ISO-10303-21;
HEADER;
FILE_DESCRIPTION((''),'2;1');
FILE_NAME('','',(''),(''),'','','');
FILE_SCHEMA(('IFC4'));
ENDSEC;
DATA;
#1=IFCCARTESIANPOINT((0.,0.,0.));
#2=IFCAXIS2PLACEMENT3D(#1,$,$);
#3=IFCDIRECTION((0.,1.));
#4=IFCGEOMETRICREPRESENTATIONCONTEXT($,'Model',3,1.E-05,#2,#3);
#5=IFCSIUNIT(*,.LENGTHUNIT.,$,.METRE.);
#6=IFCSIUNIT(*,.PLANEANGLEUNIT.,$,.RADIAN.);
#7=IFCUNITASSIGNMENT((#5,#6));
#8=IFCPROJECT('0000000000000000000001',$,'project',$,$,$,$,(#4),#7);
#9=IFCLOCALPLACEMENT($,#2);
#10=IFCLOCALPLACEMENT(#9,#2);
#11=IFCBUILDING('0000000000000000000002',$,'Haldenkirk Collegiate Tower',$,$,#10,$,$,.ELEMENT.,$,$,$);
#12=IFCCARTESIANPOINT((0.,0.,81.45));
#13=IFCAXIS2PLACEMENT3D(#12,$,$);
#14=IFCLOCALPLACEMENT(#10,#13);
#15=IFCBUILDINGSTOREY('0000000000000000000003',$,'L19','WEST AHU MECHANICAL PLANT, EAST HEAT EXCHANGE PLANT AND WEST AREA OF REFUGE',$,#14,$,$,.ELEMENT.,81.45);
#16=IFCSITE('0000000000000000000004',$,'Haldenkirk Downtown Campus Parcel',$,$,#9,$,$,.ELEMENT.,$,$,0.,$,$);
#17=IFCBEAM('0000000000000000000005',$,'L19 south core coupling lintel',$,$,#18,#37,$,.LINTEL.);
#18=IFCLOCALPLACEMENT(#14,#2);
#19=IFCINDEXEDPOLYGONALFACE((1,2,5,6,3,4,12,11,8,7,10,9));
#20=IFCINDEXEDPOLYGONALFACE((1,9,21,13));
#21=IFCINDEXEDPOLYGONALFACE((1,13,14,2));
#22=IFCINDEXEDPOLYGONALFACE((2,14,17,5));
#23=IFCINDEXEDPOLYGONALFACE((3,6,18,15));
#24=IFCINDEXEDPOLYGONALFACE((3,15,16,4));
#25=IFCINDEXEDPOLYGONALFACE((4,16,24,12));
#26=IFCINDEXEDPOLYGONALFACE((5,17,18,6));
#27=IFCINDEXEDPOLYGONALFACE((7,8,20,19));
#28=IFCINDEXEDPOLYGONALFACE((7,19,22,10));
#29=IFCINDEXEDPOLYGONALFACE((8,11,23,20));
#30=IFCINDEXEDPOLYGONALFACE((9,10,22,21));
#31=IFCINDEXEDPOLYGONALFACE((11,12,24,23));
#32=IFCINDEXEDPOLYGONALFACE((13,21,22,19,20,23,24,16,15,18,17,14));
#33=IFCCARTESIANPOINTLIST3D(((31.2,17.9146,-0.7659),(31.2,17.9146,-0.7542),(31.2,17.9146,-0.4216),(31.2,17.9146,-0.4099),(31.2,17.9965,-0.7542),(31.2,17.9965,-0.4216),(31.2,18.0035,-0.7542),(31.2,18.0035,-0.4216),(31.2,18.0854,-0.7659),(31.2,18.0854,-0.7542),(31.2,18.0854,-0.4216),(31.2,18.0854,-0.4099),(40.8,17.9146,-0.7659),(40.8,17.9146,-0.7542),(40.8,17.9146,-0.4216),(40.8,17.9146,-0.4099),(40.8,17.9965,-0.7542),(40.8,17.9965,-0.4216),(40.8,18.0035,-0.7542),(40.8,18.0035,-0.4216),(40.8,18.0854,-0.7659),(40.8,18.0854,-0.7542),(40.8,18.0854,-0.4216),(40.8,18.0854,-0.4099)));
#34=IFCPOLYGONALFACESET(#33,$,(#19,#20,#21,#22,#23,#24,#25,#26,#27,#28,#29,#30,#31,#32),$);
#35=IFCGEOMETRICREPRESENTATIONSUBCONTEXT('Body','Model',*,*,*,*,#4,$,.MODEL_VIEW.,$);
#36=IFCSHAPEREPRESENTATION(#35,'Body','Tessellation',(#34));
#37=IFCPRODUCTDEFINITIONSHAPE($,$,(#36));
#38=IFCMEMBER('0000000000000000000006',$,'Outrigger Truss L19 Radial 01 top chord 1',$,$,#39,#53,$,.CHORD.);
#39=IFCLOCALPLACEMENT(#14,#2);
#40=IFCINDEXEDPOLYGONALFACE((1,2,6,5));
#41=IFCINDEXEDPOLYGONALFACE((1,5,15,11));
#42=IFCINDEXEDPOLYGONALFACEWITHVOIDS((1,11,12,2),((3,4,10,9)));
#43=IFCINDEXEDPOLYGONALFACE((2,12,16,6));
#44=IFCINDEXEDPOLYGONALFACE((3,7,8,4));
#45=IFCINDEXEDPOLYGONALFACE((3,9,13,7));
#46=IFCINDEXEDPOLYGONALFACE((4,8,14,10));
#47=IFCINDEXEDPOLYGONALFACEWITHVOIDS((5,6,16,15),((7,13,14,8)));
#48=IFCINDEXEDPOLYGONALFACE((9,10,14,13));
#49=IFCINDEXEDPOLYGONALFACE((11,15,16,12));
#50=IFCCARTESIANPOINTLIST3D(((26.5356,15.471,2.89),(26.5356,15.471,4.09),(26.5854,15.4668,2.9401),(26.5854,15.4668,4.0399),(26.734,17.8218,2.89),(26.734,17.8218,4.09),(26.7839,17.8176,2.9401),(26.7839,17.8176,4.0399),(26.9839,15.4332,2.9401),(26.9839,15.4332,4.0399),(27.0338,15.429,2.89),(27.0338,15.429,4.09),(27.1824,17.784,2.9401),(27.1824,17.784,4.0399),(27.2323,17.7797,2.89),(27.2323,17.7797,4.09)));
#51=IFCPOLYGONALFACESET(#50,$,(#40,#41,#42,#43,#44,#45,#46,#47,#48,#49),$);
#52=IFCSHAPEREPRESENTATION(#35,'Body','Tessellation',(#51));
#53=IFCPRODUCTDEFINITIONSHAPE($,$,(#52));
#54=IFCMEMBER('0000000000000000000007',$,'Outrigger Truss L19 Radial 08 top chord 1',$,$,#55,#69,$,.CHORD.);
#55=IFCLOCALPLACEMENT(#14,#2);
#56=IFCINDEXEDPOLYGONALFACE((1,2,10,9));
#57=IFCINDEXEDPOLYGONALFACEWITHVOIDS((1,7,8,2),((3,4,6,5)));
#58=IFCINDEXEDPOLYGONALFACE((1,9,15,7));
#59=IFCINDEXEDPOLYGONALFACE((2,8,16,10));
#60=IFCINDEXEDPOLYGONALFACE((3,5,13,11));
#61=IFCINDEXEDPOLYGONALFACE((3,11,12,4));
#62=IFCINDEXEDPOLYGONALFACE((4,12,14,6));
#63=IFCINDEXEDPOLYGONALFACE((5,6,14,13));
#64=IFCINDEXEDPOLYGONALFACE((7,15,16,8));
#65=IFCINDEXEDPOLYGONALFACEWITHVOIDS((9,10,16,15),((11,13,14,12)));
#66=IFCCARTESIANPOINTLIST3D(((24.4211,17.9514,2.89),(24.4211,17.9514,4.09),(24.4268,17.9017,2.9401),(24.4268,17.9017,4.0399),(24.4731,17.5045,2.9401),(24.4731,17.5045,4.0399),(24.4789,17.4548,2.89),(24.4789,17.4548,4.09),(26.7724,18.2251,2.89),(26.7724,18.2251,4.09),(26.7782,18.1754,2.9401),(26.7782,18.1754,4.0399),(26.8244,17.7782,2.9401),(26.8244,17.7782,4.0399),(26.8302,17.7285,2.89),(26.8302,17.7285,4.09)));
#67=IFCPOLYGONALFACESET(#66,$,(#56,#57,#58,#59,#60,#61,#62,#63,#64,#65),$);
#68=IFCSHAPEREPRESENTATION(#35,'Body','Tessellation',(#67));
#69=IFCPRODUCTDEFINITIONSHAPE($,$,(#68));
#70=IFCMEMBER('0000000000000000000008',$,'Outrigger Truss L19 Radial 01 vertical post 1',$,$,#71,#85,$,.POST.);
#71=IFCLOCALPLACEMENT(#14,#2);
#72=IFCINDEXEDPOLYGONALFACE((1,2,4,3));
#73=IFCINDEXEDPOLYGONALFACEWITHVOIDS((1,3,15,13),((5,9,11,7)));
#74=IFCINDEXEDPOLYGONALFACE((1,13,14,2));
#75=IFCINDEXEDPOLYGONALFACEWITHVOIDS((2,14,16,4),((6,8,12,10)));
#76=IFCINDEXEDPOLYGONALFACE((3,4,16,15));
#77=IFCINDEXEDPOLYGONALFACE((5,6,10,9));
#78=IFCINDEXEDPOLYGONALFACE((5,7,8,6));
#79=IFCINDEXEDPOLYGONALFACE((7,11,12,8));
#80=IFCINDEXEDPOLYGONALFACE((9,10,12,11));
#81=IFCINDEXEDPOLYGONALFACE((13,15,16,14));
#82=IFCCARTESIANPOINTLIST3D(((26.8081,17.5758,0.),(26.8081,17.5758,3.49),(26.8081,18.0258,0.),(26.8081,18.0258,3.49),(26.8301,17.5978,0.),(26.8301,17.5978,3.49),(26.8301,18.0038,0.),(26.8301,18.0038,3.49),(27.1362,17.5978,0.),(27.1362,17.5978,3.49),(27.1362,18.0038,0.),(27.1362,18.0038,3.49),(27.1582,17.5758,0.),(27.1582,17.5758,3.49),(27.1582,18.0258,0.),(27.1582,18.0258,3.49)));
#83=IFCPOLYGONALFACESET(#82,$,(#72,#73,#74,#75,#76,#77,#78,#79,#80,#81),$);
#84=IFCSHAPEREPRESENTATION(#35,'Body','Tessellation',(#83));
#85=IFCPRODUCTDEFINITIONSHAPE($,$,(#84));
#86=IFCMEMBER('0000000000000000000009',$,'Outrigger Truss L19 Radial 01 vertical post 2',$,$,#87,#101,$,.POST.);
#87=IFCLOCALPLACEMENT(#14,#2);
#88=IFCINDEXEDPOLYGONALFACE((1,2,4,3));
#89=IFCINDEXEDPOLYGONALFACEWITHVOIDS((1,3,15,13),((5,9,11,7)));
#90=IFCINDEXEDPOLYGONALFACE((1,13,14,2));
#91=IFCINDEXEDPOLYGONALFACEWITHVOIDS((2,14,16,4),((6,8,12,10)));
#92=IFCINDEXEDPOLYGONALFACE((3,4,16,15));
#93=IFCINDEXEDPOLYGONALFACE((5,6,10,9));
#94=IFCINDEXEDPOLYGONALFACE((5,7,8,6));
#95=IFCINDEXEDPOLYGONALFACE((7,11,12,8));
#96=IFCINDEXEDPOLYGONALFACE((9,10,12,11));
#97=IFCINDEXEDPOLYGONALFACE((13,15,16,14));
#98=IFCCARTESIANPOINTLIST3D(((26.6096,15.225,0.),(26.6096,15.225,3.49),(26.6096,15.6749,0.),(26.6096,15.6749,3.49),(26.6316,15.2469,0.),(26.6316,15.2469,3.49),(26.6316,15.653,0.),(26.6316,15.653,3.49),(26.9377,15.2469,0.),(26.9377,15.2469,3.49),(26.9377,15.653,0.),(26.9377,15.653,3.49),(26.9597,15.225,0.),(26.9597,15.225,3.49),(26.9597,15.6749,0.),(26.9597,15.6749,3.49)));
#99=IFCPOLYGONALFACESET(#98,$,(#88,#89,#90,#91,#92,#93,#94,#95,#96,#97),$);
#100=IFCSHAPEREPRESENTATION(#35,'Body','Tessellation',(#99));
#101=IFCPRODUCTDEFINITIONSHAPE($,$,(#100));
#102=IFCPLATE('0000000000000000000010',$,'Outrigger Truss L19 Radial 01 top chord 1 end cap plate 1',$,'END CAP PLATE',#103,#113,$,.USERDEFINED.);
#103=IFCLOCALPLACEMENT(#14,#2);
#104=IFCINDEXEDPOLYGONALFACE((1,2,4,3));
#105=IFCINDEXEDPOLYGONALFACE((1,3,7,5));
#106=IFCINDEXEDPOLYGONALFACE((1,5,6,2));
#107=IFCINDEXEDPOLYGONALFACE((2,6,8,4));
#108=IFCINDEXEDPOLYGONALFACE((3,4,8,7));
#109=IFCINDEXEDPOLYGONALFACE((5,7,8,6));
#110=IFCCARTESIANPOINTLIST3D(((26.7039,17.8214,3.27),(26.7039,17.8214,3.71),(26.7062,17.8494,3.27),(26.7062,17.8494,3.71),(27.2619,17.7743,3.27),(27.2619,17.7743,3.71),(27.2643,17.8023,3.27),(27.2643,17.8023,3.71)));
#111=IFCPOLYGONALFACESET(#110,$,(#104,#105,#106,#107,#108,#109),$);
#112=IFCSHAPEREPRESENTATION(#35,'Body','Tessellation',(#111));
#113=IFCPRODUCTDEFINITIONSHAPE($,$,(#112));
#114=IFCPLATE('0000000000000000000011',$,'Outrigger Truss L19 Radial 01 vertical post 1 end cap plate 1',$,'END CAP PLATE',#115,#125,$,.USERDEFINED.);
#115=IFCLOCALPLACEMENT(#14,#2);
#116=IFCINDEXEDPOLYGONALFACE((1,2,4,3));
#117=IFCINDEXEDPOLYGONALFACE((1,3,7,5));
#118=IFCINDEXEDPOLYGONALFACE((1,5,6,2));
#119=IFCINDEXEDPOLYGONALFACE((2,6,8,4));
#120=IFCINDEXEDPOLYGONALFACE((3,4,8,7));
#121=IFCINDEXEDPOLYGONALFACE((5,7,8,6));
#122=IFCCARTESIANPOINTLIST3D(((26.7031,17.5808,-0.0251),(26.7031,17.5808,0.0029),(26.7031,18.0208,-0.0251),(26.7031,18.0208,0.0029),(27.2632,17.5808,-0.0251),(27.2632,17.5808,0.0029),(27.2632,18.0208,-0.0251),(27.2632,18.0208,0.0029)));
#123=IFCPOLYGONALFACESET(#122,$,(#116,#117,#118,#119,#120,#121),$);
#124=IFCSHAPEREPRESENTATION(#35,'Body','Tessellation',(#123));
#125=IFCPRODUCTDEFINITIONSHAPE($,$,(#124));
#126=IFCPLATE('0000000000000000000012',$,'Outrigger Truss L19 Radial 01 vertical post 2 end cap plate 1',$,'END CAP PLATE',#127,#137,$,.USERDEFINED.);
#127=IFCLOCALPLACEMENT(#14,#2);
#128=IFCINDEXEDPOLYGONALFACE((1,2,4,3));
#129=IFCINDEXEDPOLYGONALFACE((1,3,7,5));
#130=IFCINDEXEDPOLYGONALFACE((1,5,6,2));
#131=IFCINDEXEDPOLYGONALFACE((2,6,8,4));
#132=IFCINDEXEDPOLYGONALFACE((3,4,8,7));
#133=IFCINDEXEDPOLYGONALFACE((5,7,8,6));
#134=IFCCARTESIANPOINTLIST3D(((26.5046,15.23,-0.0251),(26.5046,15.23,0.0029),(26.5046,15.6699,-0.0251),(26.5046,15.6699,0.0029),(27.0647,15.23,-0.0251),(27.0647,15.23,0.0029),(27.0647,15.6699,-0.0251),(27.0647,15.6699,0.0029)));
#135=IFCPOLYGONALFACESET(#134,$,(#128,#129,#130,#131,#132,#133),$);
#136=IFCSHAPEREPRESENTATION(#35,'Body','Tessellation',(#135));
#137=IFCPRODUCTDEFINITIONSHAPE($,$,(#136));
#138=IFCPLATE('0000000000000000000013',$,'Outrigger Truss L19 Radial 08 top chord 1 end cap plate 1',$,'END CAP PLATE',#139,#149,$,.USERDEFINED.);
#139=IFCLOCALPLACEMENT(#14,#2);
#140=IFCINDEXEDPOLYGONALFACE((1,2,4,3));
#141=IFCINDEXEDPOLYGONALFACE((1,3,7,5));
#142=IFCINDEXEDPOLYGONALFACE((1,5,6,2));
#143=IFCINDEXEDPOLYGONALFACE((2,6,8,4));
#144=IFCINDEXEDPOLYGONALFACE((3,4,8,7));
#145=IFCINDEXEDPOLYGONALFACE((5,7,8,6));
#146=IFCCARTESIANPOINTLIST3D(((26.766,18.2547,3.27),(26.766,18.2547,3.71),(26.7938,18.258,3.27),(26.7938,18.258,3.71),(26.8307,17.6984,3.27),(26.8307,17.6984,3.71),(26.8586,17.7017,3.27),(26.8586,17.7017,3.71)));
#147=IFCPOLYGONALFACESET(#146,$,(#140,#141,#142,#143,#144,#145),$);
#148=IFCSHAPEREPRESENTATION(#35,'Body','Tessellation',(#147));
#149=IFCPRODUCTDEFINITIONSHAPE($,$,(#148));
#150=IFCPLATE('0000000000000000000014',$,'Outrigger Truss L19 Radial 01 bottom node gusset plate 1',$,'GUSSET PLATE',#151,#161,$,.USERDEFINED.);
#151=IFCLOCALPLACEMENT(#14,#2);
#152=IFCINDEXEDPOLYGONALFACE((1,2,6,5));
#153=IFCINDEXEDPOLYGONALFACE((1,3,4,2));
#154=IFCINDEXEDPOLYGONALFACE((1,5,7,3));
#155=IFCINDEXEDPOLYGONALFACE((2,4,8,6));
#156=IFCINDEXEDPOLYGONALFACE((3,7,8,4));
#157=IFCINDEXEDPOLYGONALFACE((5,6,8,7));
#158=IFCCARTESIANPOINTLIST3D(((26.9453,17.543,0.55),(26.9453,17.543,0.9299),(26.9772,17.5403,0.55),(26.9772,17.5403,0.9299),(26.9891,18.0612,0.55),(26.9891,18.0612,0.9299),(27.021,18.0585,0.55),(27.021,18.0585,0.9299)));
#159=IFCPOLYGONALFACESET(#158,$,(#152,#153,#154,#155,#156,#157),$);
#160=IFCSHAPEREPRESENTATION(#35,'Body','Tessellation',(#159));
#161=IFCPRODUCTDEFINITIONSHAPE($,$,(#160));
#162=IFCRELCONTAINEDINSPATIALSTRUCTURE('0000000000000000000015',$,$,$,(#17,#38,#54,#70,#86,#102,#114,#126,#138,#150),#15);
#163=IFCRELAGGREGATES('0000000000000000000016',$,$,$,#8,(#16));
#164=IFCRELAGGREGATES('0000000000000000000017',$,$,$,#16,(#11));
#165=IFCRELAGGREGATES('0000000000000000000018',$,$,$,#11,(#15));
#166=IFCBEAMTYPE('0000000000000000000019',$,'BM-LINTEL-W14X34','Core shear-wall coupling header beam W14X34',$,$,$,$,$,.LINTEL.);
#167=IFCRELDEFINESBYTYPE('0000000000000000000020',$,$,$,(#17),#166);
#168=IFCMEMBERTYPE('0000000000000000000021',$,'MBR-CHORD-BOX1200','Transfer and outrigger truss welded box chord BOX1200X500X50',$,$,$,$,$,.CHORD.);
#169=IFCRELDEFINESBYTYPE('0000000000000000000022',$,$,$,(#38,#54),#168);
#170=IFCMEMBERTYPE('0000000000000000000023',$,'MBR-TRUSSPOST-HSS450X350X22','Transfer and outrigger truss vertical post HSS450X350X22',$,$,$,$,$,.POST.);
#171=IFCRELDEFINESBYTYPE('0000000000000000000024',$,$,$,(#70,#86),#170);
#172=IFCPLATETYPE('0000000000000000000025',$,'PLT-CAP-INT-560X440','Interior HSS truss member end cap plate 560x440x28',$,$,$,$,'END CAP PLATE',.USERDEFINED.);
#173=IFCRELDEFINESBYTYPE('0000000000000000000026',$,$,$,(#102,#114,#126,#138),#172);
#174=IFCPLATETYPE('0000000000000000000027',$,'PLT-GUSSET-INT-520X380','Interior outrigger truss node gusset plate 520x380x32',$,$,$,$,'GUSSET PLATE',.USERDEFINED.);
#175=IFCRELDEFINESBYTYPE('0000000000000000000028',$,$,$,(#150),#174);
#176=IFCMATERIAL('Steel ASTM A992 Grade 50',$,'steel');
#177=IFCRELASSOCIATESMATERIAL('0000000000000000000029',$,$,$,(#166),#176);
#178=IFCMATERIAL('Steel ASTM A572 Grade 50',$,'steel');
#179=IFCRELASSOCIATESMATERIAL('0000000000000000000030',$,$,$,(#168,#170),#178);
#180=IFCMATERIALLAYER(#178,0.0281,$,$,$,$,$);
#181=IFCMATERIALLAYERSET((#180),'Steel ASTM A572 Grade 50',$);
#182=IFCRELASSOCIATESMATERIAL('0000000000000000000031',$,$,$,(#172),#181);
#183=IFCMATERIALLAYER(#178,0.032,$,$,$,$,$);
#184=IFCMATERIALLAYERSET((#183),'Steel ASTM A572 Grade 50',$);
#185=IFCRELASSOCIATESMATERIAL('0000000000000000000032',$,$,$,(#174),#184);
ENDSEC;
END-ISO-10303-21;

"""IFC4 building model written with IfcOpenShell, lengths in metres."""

from ifc_helpers import new_model, si_unit, direction, frame, origin, origin_2d, place, context, subcontext, project, spatial, rectangle, hollow_rectangle, i_section, extrude, source, transform, mapped, material, layer, layer_set, material_profile, profile_set, type_object, element, save


model = new_model("IFC4")

# Units and contexts
model_context = context("Model", 3, precision=1e-05, world=origin(), true_north=direction((0.0, 1.0)))
body_context = subcontext(model_context, "Body", "Model", "MODEL_VIEW")
ifc_project = project(units=[si_unit("LENGTHUNIT", "METRE"), si_unit("PLANEANGLEUNIT", "RADIAN")], contexts=[model_context])

# Site, building, storey
site_placement = place(None, origin())
site = spatial("IfcSite", under=ifc_project, at=site_placement, Name="Haldenkirk Downtown Campus Parcel", CompositionType="ELEMENT", RefElevation=0.0)
building_placement = place(site_placement, origin())
building = spatial("IfcBuilding", under=site, at=building_placement, Name="Haldenkirk Collegiate Tower", CompositionType="ELEMENT")
storey_placement = place(building_placement, frame((0.0, 0.0, 81.45)))
storey = spatial("IfcBuildingStorey", under=building, at=storey_placement, Name="L19", Description="WEST AHU MECHANICAL PLANT, EAST HEAT EXCHANGE PLANT AND WEST AREA OF REFUGE", CompositionType="ELEMENT", Elevation=81.45)

# Beam
ifc_material_1 = material(Name="Steel ASTM A992 Grade 50", Category="steel")
ifc_material_profile_1 = material_profile(ifc_material_1, i_section(OverallWidth=0.1709, OverallDepth=0.356, WebThickness=0.0071, FlangeThickness=0.0117, at=origin_2d()), Name="W14X34")
ifc_profile_set_1 = profile_set([ifc_material_profile_1], Name="Steel ASTM A992 Grade 50")
beam_type = type_object("IfcBeamType", Name="BM-LINTEL-W14X34", Description="Core shear-wall coupling header beam W14X34", PredefinedType="LINTEL", material=ifc_profile_set_1)
beam_placement = place(storey_placement, frame((31.2, 18.0, -0.5879), z_axis=(1.0, 0.0, 0.0), x_axis=(0.0, 1.0, 0.0)))
element("IfcBeam", 1, at=beam_placement, inside=storey, type_object=beam_type, Name="L19 south core coupling lintel", PredefinedType="LINTEL", context=body_context, shape_type="SweptSolid", body=[
    extrude(i_section(OverallWidth=0.1709, OverallDepth=0.356, WebThickness=0.0071, FlangeThickness=0.0117, at=origin_2d()), origin(), (0.0, 0.0, 1.0), 9.6001),
])

# Members
ifc_material_2 = material(Name="Steel ASTM A572 Grade 50", Category="steel")
ifc_material_profile_2 = material_profile(ifc_material_2, hollow_rectangle(XDim=0.5, YDim=1.2, WallThickness=0.05, at=origin_2d()), Name="BOX1200X500X50")
ifc_profile_set_2 = profile_set([ifc_material_profile_2], Name="Steel ASTM A572 Grade 50")
member_type_1 = type_object("IfcMemberType", Name="MBR-CHORD-BOX1200", Description="Transfer and outrigger truss welded box chord BOX1200X500X50", PredefinedType="CHORD", material=ifc_profile_set_2)
member_1_placement = place(storey_placement, frame((26.9832, 17.8008, 3.49), z_axis=(-0.084133, -0.996455, 0.0), x_axis=(0.996455, -0.084133, 0.0)))
element("IfcMember", 2, at=member_1_placement, inside=storey, type_object=member_type_1, Name="Outrigger Truss L19 Radial 01 top chord 1", PredefinedType="CHORD", context=body_context, shape_type="SweptSolid", body=[
    extrude(hollow_rectangle(XDim=0.5, YDim=1.2, WallThickness=0.05, at=origin_2d()), origin(), (0.0, 0.0, 1.0), 2.3591),
])
member_2_placement = place(storey_placement, frame((26.8013, 17.9768, 3.49), z_axis=(-0.993294, -0.115614, 0.0), x_axis=(0.115614, -0.993294, 0.0)))
element("IfcMember", 3, at=member_2_placement, inside=storey, type_object=member_type_1, Name="Outrigger Truss L19 Radial 08 top chord 1", PredefinedType="CHORD", context=body_context, shape_type="SweptSolid", body=[
    extrude(hollow_rectangle(XDim=0.5, YDim=1.2, WallThickness=0.05, at=origin_2d()), origin(), (0.0, 0.0, 1.0), 2.3672),
])
ifc_material_profile_3 = material_profile(ifc_material_2, hollow_rectangle(XDim=0.3501, YDim=0.45, WallThickness=0.022, at=origin_2d()), Name="HSS450X350X22")
ifc_profile_set_3 = profile_set([ifc_material_profile_3], Name="Steel ASTM A572 Grade 50")
member_type_2 = type_object("IfcMemberType", Name="MBR-TRUSSPOST-HSS450X350X22", Description="Transfer and outrigger truss vertical post HSS450X350X22", PredefinedType="POST", material=ifc_profile_set_3)
for number, where, z_axis, x_axis, name in (
    (4, (26.9832, 17.8008, 0.0), (0.0, 0.0, 1.0), (1.0, 0.0, 0.0), "Outrigger Truss L19 Radial 01 vertical post 1"),
    (5, (26.7847, 15.45, 0.0), (0.0, 0.0, 1.0), (1.0, 0.0, 0.0), "Outrigger Truss L19 Radial 01 vertical post 2"),
):
    element("IfcMember", number, at=place(storey_placement, frame(where, z_axis=z_axis, x_axis=x_axis)), inside=storey, type_object=member_type_2, Name=name, PredefinedType="POST", context=body_context, shape_type="SweptSolid", body=[
        extrude(hollow_rectangle(XDim=0.3501, YDim=0.45, WallThickness=0.022, at=origin_2d()), origin(), (0.0, 0.0, 1.0), 3.49),
    ])

# Plates
ifc_layer_1 = layer(ifc_material_2, 0.0281)
ifc_layer_set_1 = layer_set([ifc_layer_1], Name="Steel ASTM A572 Grade 50")
plate_type_1 = type_object("IfcPlateType", Name="PLT-CAP-INT-560X440", Description="Interior HSS truss member end cap plate 560x440x28", ElementType="END CAP PLATE", PredefinedType="USERDEFINED", material=ifc_layer_set_1)
shared_shape_1 = source(origin(), body_context, "Body", "SweptSolid", [
    extrude(rectangle(XDim=0.5601, YDim=0.4399, at=origin_2d()), origin(), (0.0, 0.0, 1.0), 0.0281),
])
for number, where, z_axis, x_axis, name in (
    (6, (26.9829, 17.7979, 3.49), (0.084143, 0.996454, 0.0), (-0.996454, 0.084143, 0.0), "Outrigger Truss L19 Radial 01 top chord 1 end cap plate 1"),
    (7, (26.9832, 17.8008, 0.0029), (0.0, 0.0, -1.0), (1.0, 0.0, 0.0), "Outrigger Truss L19 Radial 01 vertical post 1 end cap plate 1"),
    (8, (26.7847, 15.45, 0.0029), (0.0, 0.0, -1.0), (1.0, 0.0, 0.0), "Outrigger Truss L19 Radial 01 vertical post 2 end cap plate 1"),
    (9, (26.7983, 17.9766, 3.49), (0.993288, 0.115665, 0.0), (-0.115665, 0.993288, 0.0), "Outrigger Truss L19 Radial 08 top chord 1 end cap plate 1"),
):
    element("IfcPlate", number, at=place(storey_placement, frame(where, z_axis=z_axis, x_axis=x_axis)), inside=storey, type_object=plate_type_1, Name=name, ObjectType="END CAP PLATE", PredefinedType="USERDEFINED", context=body_context, shape_type="MappedRepresentation", body=[
        mapped(shared_shape_1, transform((0.0, 0.0, 0.0), x_axis=(1.0, 0.0, 0.0), y_axis=(0.0, 1.0, 0.0), z_axis=(0.0, 0.0, 1.0), scale=1.0)),
    ])
ifc_layer_2 = layer(ifc_material_2, 0.032)
ifc_layer_set_2 = layer_set([ifc_layer_2], Name="Steel ASTM A572 Grade 50")
plate_type_2 = type_object("IfcPlateType", Name="PLT-GUSSET-INT-520X380", Description="Interior outrigger truss node gusset plate 520x380x32", ElementType="GUSSET PLATE", PredefinedType="USERDEFINED", material=ifc_layer_set_2)
shared_shape_2 = source(origin(), body_context, "Body", "SweptSolid", [
    extrude(rectangle(XDim=0.52, YDim=0.032, at=origin_2d()), origin(), (0.0, 0.0, 1.0), 0.3799),
])
plate_placement = place(storey_placement, frame((26.9832, 17.8008, 0.55), z_axis=(0.0, 0.0, 1.0), x_axis=(-0.084148, -0.996453, 0.0)))
element("IfcPlate", 10, at=plate_placement, inside=storey, type_object=plate_type_2, Name="Outrigger Truss L19 Radial 01 bottom node gusset plate 1", ObjectType="GUSSET PLATE", PredefinedType="USERDEFINED", context=body_context, shape_type="MappedRepresentation", body=[
    mapped(shared_shape_2, transform((0.0, 0.0, 0.0), x_axis=(1.0, 0.0, 0.0), y_axis=(0.0, 1.0, 0.0), z_axis=(0.0, 0.0, 1.0), scale=1.0)),
])

save(model, "model.ifc")
